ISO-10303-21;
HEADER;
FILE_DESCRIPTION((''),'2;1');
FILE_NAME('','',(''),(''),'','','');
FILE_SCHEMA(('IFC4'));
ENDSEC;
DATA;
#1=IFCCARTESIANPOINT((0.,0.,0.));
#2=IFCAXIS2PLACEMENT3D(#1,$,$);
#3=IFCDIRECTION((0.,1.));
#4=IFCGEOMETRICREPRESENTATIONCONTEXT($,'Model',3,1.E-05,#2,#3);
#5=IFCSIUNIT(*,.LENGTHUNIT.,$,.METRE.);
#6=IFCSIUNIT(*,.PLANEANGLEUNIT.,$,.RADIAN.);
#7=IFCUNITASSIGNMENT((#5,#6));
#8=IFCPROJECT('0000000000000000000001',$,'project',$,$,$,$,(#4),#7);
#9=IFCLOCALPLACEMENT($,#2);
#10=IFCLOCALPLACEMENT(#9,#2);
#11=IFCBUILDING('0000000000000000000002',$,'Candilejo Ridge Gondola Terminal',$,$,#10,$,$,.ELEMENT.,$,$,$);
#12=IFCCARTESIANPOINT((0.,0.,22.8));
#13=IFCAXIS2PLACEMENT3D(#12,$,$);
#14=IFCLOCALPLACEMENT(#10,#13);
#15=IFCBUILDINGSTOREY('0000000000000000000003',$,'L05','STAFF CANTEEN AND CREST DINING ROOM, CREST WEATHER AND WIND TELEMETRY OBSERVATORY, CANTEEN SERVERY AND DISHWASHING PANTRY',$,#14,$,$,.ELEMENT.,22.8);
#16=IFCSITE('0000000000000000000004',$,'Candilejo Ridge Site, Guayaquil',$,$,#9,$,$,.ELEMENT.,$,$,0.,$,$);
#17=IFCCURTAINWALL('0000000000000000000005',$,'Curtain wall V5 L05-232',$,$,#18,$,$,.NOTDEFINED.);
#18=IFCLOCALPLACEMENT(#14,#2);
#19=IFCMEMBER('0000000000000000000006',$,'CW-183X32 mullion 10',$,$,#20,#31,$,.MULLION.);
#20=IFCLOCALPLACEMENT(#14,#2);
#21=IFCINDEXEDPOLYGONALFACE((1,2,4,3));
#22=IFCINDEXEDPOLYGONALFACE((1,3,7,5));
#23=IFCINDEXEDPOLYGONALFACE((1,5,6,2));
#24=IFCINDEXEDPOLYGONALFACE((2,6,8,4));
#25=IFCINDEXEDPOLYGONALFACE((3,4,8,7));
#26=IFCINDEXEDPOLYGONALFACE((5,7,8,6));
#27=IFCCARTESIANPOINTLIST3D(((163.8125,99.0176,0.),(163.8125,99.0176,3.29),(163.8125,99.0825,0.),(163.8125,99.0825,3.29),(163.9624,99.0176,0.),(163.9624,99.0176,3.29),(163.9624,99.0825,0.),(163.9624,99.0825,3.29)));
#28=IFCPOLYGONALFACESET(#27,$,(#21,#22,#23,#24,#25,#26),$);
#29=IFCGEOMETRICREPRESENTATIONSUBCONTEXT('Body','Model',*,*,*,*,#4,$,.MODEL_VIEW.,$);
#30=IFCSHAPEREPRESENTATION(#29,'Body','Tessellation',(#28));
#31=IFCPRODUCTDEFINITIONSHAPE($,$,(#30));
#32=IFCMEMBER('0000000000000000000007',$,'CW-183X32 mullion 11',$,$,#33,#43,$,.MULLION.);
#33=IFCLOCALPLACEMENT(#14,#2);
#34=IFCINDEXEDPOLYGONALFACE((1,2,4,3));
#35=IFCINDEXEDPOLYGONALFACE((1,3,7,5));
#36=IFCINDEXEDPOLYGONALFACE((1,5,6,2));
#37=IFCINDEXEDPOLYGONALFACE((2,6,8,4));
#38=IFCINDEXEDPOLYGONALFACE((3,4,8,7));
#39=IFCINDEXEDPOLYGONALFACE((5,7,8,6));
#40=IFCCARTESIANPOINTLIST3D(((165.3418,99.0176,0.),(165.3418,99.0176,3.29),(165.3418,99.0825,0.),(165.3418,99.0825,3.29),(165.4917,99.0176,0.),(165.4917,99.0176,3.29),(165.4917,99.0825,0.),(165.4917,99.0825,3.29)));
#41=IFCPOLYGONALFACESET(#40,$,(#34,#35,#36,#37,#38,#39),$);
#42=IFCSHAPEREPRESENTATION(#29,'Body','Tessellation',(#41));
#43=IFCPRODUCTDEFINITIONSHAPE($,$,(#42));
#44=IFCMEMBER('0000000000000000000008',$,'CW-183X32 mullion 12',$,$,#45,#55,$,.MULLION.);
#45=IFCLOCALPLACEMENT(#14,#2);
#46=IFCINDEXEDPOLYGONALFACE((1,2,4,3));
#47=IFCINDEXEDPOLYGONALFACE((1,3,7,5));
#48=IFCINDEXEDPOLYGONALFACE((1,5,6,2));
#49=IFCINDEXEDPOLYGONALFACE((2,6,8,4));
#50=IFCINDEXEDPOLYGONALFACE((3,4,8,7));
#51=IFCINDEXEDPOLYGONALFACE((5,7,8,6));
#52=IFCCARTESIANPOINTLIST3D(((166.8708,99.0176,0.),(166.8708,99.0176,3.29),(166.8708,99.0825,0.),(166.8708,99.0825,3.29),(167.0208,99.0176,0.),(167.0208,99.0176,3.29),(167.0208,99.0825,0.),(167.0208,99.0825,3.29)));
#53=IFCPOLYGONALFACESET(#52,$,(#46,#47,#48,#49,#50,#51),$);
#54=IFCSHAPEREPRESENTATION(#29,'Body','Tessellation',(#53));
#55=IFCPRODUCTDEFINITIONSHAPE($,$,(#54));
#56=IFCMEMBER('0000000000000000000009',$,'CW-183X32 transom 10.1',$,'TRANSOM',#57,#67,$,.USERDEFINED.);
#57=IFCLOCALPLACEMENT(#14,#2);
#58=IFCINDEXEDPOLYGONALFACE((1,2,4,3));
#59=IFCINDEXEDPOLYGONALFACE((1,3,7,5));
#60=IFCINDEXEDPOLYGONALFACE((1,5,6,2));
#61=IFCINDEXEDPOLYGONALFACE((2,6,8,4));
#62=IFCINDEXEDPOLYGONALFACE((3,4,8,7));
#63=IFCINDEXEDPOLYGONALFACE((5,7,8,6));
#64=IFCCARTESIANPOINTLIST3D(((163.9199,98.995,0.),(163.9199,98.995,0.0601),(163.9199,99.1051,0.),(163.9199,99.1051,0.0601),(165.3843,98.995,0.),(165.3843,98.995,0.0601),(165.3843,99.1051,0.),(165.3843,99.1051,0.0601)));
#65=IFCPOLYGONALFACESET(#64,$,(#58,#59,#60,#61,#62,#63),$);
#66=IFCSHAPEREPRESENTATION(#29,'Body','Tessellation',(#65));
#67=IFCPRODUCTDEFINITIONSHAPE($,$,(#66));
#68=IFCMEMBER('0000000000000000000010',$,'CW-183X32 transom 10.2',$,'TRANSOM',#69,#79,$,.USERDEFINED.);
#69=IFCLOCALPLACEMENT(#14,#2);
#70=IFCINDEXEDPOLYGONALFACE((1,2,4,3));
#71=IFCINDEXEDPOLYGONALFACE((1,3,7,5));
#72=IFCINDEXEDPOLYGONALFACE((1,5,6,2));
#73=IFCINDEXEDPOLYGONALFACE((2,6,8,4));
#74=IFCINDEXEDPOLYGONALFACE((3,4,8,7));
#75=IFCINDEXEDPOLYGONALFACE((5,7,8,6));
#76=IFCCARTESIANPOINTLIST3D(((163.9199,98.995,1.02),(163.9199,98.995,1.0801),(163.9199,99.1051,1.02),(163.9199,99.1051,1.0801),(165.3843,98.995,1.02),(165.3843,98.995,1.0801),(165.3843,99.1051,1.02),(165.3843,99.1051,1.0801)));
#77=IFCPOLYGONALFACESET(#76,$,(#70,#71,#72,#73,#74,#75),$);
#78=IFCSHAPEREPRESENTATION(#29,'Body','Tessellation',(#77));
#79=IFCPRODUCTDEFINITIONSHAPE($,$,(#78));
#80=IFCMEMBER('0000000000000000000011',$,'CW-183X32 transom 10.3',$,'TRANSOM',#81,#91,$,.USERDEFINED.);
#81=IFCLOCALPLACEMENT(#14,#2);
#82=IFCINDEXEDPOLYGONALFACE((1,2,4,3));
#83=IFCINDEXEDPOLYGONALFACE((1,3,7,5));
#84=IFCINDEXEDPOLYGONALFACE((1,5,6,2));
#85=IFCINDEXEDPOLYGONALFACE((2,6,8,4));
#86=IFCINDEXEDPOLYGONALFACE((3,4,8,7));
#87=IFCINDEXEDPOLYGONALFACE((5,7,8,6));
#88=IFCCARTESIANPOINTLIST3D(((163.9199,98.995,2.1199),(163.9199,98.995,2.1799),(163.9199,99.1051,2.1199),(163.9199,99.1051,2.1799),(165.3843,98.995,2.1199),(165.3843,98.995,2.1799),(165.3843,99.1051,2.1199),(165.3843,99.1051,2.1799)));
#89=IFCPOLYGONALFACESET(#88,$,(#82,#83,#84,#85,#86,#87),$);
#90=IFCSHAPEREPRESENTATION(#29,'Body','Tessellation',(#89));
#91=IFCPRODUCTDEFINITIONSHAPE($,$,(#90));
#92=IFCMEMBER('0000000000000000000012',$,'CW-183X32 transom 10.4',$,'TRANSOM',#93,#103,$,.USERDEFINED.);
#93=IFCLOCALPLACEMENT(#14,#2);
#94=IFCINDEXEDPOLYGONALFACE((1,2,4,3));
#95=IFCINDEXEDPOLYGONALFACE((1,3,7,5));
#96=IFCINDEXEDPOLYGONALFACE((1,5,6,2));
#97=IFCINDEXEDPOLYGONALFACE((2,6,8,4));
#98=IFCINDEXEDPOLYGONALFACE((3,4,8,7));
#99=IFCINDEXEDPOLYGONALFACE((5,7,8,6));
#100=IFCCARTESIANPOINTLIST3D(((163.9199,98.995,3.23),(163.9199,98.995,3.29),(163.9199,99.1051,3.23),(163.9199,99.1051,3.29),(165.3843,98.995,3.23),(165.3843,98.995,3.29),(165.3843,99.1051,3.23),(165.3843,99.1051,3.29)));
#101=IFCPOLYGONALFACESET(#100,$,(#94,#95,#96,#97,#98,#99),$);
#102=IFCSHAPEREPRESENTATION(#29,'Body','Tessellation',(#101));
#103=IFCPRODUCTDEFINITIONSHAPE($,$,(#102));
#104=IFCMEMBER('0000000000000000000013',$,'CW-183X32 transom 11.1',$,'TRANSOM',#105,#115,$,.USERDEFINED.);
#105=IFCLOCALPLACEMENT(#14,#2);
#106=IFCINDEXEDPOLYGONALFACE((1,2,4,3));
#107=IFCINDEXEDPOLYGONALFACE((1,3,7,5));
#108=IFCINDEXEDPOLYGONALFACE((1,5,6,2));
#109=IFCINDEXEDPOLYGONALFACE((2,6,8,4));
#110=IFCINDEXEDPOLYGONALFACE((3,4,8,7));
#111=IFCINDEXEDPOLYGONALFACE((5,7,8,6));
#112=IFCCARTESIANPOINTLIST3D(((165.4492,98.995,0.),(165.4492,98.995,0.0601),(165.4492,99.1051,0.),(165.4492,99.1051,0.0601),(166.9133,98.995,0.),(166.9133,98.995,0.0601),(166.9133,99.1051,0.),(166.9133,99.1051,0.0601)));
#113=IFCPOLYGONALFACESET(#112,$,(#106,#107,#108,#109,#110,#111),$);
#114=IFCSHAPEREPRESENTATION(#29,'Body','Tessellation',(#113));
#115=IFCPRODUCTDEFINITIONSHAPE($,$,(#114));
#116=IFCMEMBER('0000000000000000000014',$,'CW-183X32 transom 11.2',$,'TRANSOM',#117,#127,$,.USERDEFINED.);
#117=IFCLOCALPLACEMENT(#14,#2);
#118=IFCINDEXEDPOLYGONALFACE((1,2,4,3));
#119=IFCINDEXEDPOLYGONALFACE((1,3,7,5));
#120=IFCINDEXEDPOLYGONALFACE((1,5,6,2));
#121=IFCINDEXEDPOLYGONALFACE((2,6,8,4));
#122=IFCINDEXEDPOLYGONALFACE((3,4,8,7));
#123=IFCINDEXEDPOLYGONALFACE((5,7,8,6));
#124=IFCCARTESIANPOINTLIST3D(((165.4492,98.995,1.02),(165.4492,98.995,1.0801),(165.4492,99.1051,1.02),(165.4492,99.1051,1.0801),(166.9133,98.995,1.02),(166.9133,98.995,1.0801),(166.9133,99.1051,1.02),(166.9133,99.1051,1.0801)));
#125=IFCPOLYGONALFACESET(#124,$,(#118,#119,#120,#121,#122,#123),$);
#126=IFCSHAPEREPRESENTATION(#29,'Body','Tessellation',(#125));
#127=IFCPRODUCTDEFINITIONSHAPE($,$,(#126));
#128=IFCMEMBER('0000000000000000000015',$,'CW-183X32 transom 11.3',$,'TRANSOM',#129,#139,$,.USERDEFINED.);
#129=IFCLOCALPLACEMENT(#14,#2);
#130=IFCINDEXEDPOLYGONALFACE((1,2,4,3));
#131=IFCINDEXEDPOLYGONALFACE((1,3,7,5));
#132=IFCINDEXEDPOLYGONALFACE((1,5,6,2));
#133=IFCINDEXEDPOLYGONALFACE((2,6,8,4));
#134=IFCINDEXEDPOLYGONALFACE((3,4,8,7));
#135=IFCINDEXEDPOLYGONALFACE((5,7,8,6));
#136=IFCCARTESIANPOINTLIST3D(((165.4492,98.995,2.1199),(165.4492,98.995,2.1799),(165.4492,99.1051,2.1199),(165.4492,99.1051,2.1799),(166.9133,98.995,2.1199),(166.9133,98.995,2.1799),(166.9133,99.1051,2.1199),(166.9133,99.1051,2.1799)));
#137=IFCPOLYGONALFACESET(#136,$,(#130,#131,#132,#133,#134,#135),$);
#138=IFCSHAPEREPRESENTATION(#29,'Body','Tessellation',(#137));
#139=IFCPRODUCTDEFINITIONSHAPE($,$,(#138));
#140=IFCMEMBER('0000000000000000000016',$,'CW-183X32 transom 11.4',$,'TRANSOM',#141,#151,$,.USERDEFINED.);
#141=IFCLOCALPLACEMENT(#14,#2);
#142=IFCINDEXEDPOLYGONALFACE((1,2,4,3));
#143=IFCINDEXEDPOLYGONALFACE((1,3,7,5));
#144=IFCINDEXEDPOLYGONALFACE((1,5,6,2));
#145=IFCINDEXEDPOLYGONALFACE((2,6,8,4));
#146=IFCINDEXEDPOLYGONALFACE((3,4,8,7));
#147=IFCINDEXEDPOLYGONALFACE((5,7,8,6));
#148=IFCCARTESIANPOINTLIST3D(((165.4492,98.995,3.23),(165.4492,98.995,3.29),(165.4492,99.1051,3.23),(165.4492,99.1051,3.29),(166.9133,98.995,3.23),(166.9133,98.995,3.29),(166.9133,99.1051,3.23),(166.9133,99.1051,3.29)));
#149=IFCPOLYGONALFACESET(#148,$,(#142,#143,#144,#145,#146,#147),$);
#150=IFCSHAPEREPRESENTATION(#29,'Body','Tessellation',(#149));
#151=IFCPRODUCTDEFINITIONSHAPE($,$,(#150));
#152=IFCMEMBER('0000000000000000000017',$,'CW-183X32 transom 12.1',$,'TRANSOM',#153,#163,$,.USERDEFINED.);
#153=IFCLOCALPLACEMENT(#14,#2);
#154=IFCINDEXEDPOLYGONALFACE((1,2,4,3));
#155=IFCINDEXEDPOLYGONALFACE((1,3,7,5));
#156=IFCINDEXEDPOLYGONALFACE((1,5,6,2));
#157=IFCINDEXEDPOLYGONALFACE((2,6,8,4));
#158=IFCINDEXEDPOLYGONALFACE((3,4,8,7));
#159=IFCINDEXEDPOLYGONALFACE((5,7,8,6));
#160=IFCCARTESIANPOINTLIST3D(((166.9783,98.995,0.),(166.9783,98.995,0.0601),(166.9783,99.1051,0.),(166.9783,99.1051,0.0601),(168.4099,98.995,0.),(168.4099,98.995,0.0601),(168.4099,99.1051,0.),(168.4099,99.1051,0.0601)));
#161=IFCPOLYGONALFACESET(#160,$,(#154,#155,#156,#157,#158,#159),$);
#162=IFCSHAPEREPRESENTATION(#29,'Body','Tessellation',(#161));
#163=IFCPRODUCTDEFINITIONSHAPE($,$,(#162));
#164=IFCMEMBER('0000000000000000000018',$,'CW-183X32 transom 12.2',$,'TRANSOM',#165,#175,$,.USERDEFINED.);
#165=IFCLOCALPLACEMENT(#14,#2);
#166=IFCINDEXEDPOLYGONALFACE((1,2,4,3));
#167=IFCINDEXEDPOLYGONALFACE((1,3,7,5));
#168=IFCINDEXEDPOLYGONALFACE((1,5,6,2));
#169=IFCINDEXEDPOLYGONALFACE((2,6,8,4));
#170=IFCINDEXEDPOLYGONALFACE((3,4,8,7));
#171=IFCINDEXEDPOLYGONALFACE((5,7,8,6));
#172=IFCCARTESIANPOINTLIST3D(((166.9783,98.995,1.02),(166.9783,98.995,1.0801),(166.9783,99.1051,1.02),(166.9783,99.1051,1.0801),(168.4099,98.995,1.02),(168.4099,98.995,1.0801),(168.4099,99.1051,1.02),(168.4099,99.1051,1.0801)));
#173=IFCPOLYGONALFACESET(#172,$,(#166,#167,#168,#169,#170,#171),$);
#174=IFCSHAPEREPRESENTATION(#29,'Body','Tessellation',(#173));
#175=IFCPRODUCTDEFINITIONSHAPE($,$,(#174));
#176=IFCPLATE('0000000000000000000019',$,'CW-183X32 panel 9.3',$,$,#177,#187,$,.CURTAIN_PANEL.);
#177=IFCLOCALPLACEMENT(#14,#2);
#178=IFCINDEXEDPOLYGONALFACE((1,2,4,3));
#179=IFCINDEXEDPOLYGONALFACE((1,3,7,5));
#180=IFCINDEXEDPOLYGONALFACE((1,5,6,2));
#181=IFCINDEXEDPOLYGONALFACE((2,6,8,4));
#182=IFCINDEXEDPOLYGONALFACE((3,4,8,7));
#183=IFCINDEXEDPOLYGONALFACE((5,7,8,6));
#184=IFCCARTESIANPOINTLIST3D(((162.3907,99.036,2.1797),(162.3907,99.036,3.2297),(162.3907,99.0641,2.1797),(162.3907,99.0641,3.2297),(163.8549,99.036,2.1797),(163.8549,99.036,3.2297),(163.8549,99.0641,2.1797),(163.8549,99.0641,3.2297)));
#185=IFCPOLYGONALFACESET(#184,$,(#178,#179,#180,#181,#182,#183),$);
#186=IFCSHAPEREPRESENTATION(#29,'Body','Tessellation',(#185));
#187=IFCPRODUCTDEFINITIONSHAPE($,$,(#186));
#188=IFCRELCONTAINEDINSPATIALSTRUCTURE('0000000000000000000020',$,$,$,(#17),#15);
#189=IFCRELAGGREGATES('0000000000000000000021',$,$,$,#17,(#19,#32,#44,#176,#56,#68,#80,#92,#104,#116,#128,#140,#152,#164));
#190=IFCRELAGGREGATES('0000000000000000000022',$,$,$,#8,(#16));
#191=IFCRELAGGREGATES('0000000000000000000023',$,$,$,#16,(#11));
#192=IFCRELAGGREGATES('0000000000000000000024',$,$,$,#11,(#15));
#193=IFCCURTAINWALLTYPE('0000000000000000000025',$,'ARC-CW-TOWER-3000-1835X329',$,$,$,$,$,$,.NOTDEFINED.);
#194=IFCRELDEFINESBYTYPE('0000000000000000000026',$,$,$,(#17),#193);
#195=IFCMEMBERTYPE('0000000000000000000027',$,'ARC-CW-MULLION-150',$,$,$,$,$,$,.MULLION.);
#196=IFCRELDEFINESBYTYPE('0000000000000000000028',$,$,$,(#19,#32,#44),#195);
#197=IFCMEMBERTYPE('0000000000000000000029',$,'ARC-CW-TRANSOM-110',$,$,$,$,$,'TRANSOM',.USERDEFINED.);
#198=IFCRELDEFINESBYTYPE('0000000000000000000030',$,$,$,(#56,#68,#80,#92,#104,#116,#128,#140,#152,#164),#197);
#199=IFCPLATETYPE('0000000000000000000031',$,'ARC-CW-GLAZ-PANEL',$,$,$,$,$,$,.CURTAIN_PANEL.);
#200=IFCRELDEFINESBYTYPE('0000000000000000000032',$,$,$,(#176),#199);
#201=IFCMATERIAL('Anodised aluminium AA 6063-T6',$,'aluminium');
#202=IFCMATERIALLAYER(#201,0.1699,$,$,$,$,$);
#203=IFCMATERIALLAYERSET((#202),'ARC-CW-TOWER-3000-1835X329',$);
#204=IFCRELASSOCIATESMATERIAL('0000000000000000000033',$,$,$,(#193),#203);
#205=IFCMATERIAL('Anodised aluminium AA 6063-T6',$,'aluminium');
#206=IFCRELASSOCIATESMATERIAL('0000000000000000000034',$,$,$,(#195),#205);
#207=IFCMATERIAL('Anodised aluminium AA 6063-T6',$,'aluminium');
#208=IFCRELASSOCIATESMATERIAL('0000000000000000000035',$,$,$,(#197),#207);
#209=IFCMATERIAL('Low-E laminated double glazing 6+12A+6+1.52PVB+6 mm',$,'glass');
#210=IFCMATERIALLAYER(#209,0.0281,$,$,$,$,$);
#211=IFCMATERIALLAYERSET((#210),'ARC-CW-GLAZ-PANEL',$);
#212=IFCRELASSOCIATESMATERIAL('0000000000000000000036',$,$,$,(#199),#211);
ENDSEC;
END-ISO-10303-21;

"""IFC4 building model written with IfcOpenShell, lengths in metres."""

from ifc_helpers import new_model, si_unit, direction, frame, origin, origin_2d, place, context, subcontext, project, spatial, rectangle, extrude, material, layer, layer_set, material_profile, profile_set, type_object, element, aggregate, save


model = new_model("IFC4")

# Units and contexts
model_context = context("Model", 3, precision=1e-05, world=origin(), true_north=direction((0.0, 1.0)))
body_context = subcontext(model_context, "Body", "Model", "MODEL_VIEW")
ifc_project = project(units=[si_unit("LENGTHUNIT", "METRE"), si_unit("PLANEANGLEUNIT", "RADIAN")], contexts=[model_context])

# Site, building, storey
site_placement = place(None, origin())
site = spatial("IfcSite", under=ifc_project, at=site_placement, Name="Candilejo Ridge Site, Guayaquil", CompositionType="ELEMENT", RefElevation=0.0)
building_placement = place(site_placement, origin())
building = spatial("IfcBuilding", under=site, at=building_placement, Name="Candilejo Ridge Gondola Terminal", CompositionType="ELEMENT")
storey_placement = place(building_placement, frame((0.0, 0.0, 22.8)))
storey = spatial("IfcBuildingStorey", under=building, at=storey_placement, Name="L05", Description="STAFF CANTEEN AND CREST DINING ROOM, CREST WEATHER AND WIND TELEMETRY OBSERVATORY, CANTEEN SERVERY AND DISHWASHING PANTRY", CompositionType="ELEMENT", Elevation=22.8)

# Curtain wall, members, plate
ifc_material_1 = material(Name="Anodised aluminium AA 6063-T6", Category="aluminium")
ifc_layer_1 = layer(ifc_material_1, 0.1699)
ifc_layer_set_1 = layer_set([ifc_layer_1], Name="ARC-CW-TOWER-3000-1835X329")
curtain_wall_type = type_object("IfcCurtainWallType", Name="ARC-CW-TOWER-3000-1835X329", PredefinedType="NOTDEFINED", material=ifc_layer_set_1)
curtain_wall_placement = place(storey_placement, origin())
curtain_wall = element("IfcCurtainWall", 1, at=curtain_wall_placement, inside=storey, type_object=curtain_wall_type, Name="Curtain wall V5 L05-232", PredefinedType="NOTDEFINED")
ifc_material_2 = material(Name="Anodised aluminium AA 6063-T6", Category="aluminium")
ifc_material_profile_1 = material_profile(ifc_material_2, rectangle(XDim=0.0649, YDim=0.1499, at=origin_2d()))
ifc_profile_set_1 = profile_set([ifc_material_profile_1], Name="Anodised aluminium AA 6063-T6")
member_type_1 = type_object("IfcMemberType", Name="ARC-CW-MULLION-150", PredefinedType="MULLION", material=ifc_profile_set_1)
member_1_placement = place(storey_placement, frame((163.8875, 99.05, 0.0), z_axis=(0.0, 0.0, 1.0), x_axis=(0.0, 1.0, 0.0)))
member_1 = element("IfcMember", 2, at=member_1_placement, type_object=member_type_1, Name="CW-183X32 mullion 10", PredefinedType="MULLION", context=body_context, shape_type="SweptSolid", body=[
    extrude(rectangle(XDim=0.0649, YDim=0.1499, at=origin_2d()), origin(), (0.0, 0.0, 1.0), 3.29),
])
member_2_placement = place(storey_placement, frame((165.4167, 99.05, 0.0), z_axis=(0.0, 0.0, 1.0), x_axis=(0.0, 1.0, 0.0)))
member_2 = element("IfcMember", 3, at=member_2_placement, type_object=member_type_1, Name="CW-183X32 mullion 11", PredefinedType="MULLION", context=body_context, shape_type="SweptSolid", body=[
    extrude(rectangle(XDim=0.0649, YDim=0.1499, at=origin_2d()), origin(), (0.0, 0.0, 1.0), 3.29),
])
member_3_placement = place(storey_placement, frame((166.9458, 99.05, 0.0), z_axis=(0.0, 0.0, 1.0), x_axis=(0.0, 1.0, 0.0)))
member_3 = element("IfcMember", 4, at=member_3_placement, type_object=member_type_1, Name="CW-183X32 mullion 12", PredefinedType="MULLION", context=body_context, shape_type="SweptSolid", body=[
    extrude(rectangle(XDim=0.0649, YDim=0.1499, at=origin_2d()), origin(), (0.0, 0.0, 1.0), 3.29),
])
ifc_material_3 = material(Name="Anodised aluminium AA 6063-T6", Category="aluminium")
ifc_material_profile_2 = material_profile(ifc_material_3, rectangle(XDim=0.1101, YDim=0.0601, at=origin_2d()))
ifc_profile_set_2 = profile_set([ifc_material_profile_2], Name="Anodised aluminium AA 6063-T6")
member_type_2 = type_object("IfcMemberType", Name="ARC-CW-TRANSOM-110", ElementType="TRANSOM", PredefinedType="USERDEFINED", material=ifc_profile_set_2)
member_4_placement = place(storey_placement, frame((163.9199, 99.05, 0.03), z_axis=(1.0, 0.0, 0.0), x_axis=(0.0, 1.0, 0.0)))
member_4 = element("IfcMember", 5, at=member_4_placement, type_object=member_type_2, Name="CW-183X32 transom 10.1", ObjectType="TRANSOM", PredefinedType="USERDEFINED", context=body_context, shape_type="SweptSolid", body=[
    extrude(rectangle(XDim=0.1101, YDim=0.0601, at=origin_2d()), origin(), (0.0, 0.0, 1.0), 1.4644),
])
member_5_placement = place(storey_placement, frame((163.9199, 99.05, 1.05), z_axis=(1.0, 0.0, 0.0), x_axis=(0.0, 1.0, 0.0)))
member_5 = element("IfcMember", 6, at=member_5_placement, type_object=member_type_2, Name="CW-183X32 transom 10.2", ObjectType="TRANSOM", PredefinedType="USERDEFINED", context=body_context, shape_type="SweptSolid", body=[
    extrude(rectangle(XDim=0.1101, YDim=0.0601, at=origin_2d()), origin(), (0.0, 0.0, 1.0), 1.4644),
])
member_6_placement = place(storey_placement, frame((163.9199, 99.05, 2.1499), z_axis=(1.0, 0.0, 0.0), x_axis=(0.0, 1.0, 0.0)))
member_6 = element("IfcMember", 7, at=member_6_placement, type_object=member_type_2, Name="CW-183X32 transom 10.3", ObjectType="TRANSOM", PredefinedType="USERDEFINED", context=body_context, shape_type="SweptSolid", body=[
    extrude(rectangle(XDim=0.1101, YDim=0.0601, at=origin_2d()), origin(), (0.0, 0.0, 1.0), 1.4644),
])
member_7_placement = place(storey_placement, frame((163.9199, 99.05, 3.26), z_axis=(1.0, 0.0, 0.0), x_axis=(0.0, 1.0, 0.0)))
member_7 = element("IfcMember", 8, at=member_7_placement, type_object=member_type_2, Name="CW-183X32 transom 10.4", ObjectType="TRANSOM", PredefinedType="USERDEFINED", context=body_context, shape_type="SweptSolid", body=[
    extrude(rectangle(XDim=0.1101, YDim=0.0601, at=origin_2d()), origin(), (0.0, 0.0, 1.0), 1.4644),
])
member_8_placement = place(storey_placement, frame((165.4492, 99.05, 0.03), z_axis=(1.0, 0.0, 0.0), x_axis=(0.0, 1.0, 0.0)))
member_8 = element("IfcMember", 9, at=member_8_placement, type_object=member_type_2, Name="CW-183X32 transom 11.1", ObjectType="TRANSOM", PredefinedType="USERDEFINED", context=body_context, shape_type="SweptSolid", body=[
    extrude(rectangle(XDim=0.1101, YDim=0.0601, at=origin_2d()), origin(), (0.0, 0.0, 1.0), 1.4641),
])
member_9_placement = place(storey_placement, frame((165.4492, 99.05, 1.05), z_axis=(1.0, 0.0, 0.0), x_axis=(0.0, 1.0, 0.0)))
member_9 = element("IfcMember", 10, at=member_9_placement, type_object=member_type_2, Name="CW-183X32 transom 11.2", ObjectType="TRANSOM", PredefinedType="USERDEFINED", context=body_context, shape_type="SweptSolid", body=[
    extrude(rectangle(XDim=0.1101, YDim=0.0601, at=origin_2d()), origin(), (0.0, 0.0, 1.0), 1.4641),
])
member_10_placement = place(storey_placement, frame((165.4492, 99.05, 2.1499), z_axis=(1.0, 0.0, 0.0), x_axis=(0.0, 1.0, 0.0)))
member_10 = element("IfcMember", 11, at=member_10_placement, type_object=member_type_2, Name="CW-183X32 transom 11.3", ObjectType="TRANSOM", PredefinedType="USERDEFINED", context=body_context, shape_type="SweptSolid", body=[
    extrude(rectangle(XDim=0.1101, YDim=0.0601, at=origin_2d()), origin(), (0.0, 0.0, 1.0), 1.4641),
])
member_11_placement = place(storey_placement, frame((165.4492, 99.05, 3.26), z_axis=(1.0, 0.0, 0.0), x_axis=(0.0, 1.0, 0.0)))
member_11 = element("IfcMember", 12, at=member_11_placement, type_object=member_type_2, Name="CW-183X32 transom 11.4", ObjectType="TRANSOM", PredefinedType="USERDEFINED", context=body_context, shape_type="SweptSolid", body=[
    extrude(rectangle(XDim=0.1101, YDim=0.0601, at=origin_2d()), origin(), (0.0, 0.0, 1.0), 1.4641),
])
member_12_placement = place(storey_placement, frame((166.9783, 99.05, 0.03), z_axis=(1.0, 0.0, 0.0), x_axis=(0.0, 1.0, 0.0)))
member_12 = element("IfcMember", 13, at=member_12_placement, type_object=member_type_2, Name="CW-183X32 transom 12.1", ObjectType="TRANSOM", PredefinedType="USERDEFINED", context=body_context, shape_type="SweptSolid", body=[
    extrude(rectangle(XDim=0.1101, YDim=0.0601, at=origin_2d()), origin(), (0.0, 0.0, 1.0), 1.4316),
])
member_13_placement = place(storey_placement, frame((166.9783, 99.05, 1.05), z_axis=(1.0, 0.0, 0.0), x_axis=(0.0, 1.0, 0.0)))
member_13 = element("IfcMember", 14, at=member_13_placement, type_object=member_type_2, Name="CW-183X32 transom 12.2", ObjectType="TRANSOM", PredefinedType="USERDEFINED", context=body_context, shape_type="SweptSolid", body=[
    extrude(rectangle(XDim=0.1101, YDim=0.0601, at=origin_2d()), origin(), (0.0, 0.0, 1.0), 1.4316),
])
ifc_material_4 = material(Name="Low-E laminated double glazing 6+12A+6+1.52PVB+6 mm", Category="glass")
ifc_layer_2 = layer(ifc_material_4, 0.0281)
ifc_layer_set_2 = layer_set([ifc_layer_2], Name="ARC-CW-GLAZ-PANEL")
plate_type = type_object("IfcPlateType", Name="ARC-CW-GLAZ-PANEL", PredefinedType="CURTAIN_PANEL", material=ifc_layer_set_2)
plate_1_placement = place(storey_placement, frame((163.1228, 99.05, 2.1797), z_axis=(0.0, 0.0, 1.0), x_axis=(1.0, 0.0, 0.0)))
plate_1 = element("IfcPlate", 15, at=plate_1_placement, type_object=plate_type, Name="CW-183X32 panel 9.3", PredefinedType="CURTAIN_PANEL", context=body_context, shape_type="SweptSolid", body=[
    extrude(rectangle(XDim=1.4641, YDim=0.0281, at=origin_2d()), origin(), (0.0, 0.0, 1.0), 1.05),
])
aggregate(curtain_wall, [member_1, member_2, member_3, plate_1, member_4, member_5, member_6, member_7, member_8, member_9, member_10, member_11, member_12, member_13])

save(model, "model.ifc")
